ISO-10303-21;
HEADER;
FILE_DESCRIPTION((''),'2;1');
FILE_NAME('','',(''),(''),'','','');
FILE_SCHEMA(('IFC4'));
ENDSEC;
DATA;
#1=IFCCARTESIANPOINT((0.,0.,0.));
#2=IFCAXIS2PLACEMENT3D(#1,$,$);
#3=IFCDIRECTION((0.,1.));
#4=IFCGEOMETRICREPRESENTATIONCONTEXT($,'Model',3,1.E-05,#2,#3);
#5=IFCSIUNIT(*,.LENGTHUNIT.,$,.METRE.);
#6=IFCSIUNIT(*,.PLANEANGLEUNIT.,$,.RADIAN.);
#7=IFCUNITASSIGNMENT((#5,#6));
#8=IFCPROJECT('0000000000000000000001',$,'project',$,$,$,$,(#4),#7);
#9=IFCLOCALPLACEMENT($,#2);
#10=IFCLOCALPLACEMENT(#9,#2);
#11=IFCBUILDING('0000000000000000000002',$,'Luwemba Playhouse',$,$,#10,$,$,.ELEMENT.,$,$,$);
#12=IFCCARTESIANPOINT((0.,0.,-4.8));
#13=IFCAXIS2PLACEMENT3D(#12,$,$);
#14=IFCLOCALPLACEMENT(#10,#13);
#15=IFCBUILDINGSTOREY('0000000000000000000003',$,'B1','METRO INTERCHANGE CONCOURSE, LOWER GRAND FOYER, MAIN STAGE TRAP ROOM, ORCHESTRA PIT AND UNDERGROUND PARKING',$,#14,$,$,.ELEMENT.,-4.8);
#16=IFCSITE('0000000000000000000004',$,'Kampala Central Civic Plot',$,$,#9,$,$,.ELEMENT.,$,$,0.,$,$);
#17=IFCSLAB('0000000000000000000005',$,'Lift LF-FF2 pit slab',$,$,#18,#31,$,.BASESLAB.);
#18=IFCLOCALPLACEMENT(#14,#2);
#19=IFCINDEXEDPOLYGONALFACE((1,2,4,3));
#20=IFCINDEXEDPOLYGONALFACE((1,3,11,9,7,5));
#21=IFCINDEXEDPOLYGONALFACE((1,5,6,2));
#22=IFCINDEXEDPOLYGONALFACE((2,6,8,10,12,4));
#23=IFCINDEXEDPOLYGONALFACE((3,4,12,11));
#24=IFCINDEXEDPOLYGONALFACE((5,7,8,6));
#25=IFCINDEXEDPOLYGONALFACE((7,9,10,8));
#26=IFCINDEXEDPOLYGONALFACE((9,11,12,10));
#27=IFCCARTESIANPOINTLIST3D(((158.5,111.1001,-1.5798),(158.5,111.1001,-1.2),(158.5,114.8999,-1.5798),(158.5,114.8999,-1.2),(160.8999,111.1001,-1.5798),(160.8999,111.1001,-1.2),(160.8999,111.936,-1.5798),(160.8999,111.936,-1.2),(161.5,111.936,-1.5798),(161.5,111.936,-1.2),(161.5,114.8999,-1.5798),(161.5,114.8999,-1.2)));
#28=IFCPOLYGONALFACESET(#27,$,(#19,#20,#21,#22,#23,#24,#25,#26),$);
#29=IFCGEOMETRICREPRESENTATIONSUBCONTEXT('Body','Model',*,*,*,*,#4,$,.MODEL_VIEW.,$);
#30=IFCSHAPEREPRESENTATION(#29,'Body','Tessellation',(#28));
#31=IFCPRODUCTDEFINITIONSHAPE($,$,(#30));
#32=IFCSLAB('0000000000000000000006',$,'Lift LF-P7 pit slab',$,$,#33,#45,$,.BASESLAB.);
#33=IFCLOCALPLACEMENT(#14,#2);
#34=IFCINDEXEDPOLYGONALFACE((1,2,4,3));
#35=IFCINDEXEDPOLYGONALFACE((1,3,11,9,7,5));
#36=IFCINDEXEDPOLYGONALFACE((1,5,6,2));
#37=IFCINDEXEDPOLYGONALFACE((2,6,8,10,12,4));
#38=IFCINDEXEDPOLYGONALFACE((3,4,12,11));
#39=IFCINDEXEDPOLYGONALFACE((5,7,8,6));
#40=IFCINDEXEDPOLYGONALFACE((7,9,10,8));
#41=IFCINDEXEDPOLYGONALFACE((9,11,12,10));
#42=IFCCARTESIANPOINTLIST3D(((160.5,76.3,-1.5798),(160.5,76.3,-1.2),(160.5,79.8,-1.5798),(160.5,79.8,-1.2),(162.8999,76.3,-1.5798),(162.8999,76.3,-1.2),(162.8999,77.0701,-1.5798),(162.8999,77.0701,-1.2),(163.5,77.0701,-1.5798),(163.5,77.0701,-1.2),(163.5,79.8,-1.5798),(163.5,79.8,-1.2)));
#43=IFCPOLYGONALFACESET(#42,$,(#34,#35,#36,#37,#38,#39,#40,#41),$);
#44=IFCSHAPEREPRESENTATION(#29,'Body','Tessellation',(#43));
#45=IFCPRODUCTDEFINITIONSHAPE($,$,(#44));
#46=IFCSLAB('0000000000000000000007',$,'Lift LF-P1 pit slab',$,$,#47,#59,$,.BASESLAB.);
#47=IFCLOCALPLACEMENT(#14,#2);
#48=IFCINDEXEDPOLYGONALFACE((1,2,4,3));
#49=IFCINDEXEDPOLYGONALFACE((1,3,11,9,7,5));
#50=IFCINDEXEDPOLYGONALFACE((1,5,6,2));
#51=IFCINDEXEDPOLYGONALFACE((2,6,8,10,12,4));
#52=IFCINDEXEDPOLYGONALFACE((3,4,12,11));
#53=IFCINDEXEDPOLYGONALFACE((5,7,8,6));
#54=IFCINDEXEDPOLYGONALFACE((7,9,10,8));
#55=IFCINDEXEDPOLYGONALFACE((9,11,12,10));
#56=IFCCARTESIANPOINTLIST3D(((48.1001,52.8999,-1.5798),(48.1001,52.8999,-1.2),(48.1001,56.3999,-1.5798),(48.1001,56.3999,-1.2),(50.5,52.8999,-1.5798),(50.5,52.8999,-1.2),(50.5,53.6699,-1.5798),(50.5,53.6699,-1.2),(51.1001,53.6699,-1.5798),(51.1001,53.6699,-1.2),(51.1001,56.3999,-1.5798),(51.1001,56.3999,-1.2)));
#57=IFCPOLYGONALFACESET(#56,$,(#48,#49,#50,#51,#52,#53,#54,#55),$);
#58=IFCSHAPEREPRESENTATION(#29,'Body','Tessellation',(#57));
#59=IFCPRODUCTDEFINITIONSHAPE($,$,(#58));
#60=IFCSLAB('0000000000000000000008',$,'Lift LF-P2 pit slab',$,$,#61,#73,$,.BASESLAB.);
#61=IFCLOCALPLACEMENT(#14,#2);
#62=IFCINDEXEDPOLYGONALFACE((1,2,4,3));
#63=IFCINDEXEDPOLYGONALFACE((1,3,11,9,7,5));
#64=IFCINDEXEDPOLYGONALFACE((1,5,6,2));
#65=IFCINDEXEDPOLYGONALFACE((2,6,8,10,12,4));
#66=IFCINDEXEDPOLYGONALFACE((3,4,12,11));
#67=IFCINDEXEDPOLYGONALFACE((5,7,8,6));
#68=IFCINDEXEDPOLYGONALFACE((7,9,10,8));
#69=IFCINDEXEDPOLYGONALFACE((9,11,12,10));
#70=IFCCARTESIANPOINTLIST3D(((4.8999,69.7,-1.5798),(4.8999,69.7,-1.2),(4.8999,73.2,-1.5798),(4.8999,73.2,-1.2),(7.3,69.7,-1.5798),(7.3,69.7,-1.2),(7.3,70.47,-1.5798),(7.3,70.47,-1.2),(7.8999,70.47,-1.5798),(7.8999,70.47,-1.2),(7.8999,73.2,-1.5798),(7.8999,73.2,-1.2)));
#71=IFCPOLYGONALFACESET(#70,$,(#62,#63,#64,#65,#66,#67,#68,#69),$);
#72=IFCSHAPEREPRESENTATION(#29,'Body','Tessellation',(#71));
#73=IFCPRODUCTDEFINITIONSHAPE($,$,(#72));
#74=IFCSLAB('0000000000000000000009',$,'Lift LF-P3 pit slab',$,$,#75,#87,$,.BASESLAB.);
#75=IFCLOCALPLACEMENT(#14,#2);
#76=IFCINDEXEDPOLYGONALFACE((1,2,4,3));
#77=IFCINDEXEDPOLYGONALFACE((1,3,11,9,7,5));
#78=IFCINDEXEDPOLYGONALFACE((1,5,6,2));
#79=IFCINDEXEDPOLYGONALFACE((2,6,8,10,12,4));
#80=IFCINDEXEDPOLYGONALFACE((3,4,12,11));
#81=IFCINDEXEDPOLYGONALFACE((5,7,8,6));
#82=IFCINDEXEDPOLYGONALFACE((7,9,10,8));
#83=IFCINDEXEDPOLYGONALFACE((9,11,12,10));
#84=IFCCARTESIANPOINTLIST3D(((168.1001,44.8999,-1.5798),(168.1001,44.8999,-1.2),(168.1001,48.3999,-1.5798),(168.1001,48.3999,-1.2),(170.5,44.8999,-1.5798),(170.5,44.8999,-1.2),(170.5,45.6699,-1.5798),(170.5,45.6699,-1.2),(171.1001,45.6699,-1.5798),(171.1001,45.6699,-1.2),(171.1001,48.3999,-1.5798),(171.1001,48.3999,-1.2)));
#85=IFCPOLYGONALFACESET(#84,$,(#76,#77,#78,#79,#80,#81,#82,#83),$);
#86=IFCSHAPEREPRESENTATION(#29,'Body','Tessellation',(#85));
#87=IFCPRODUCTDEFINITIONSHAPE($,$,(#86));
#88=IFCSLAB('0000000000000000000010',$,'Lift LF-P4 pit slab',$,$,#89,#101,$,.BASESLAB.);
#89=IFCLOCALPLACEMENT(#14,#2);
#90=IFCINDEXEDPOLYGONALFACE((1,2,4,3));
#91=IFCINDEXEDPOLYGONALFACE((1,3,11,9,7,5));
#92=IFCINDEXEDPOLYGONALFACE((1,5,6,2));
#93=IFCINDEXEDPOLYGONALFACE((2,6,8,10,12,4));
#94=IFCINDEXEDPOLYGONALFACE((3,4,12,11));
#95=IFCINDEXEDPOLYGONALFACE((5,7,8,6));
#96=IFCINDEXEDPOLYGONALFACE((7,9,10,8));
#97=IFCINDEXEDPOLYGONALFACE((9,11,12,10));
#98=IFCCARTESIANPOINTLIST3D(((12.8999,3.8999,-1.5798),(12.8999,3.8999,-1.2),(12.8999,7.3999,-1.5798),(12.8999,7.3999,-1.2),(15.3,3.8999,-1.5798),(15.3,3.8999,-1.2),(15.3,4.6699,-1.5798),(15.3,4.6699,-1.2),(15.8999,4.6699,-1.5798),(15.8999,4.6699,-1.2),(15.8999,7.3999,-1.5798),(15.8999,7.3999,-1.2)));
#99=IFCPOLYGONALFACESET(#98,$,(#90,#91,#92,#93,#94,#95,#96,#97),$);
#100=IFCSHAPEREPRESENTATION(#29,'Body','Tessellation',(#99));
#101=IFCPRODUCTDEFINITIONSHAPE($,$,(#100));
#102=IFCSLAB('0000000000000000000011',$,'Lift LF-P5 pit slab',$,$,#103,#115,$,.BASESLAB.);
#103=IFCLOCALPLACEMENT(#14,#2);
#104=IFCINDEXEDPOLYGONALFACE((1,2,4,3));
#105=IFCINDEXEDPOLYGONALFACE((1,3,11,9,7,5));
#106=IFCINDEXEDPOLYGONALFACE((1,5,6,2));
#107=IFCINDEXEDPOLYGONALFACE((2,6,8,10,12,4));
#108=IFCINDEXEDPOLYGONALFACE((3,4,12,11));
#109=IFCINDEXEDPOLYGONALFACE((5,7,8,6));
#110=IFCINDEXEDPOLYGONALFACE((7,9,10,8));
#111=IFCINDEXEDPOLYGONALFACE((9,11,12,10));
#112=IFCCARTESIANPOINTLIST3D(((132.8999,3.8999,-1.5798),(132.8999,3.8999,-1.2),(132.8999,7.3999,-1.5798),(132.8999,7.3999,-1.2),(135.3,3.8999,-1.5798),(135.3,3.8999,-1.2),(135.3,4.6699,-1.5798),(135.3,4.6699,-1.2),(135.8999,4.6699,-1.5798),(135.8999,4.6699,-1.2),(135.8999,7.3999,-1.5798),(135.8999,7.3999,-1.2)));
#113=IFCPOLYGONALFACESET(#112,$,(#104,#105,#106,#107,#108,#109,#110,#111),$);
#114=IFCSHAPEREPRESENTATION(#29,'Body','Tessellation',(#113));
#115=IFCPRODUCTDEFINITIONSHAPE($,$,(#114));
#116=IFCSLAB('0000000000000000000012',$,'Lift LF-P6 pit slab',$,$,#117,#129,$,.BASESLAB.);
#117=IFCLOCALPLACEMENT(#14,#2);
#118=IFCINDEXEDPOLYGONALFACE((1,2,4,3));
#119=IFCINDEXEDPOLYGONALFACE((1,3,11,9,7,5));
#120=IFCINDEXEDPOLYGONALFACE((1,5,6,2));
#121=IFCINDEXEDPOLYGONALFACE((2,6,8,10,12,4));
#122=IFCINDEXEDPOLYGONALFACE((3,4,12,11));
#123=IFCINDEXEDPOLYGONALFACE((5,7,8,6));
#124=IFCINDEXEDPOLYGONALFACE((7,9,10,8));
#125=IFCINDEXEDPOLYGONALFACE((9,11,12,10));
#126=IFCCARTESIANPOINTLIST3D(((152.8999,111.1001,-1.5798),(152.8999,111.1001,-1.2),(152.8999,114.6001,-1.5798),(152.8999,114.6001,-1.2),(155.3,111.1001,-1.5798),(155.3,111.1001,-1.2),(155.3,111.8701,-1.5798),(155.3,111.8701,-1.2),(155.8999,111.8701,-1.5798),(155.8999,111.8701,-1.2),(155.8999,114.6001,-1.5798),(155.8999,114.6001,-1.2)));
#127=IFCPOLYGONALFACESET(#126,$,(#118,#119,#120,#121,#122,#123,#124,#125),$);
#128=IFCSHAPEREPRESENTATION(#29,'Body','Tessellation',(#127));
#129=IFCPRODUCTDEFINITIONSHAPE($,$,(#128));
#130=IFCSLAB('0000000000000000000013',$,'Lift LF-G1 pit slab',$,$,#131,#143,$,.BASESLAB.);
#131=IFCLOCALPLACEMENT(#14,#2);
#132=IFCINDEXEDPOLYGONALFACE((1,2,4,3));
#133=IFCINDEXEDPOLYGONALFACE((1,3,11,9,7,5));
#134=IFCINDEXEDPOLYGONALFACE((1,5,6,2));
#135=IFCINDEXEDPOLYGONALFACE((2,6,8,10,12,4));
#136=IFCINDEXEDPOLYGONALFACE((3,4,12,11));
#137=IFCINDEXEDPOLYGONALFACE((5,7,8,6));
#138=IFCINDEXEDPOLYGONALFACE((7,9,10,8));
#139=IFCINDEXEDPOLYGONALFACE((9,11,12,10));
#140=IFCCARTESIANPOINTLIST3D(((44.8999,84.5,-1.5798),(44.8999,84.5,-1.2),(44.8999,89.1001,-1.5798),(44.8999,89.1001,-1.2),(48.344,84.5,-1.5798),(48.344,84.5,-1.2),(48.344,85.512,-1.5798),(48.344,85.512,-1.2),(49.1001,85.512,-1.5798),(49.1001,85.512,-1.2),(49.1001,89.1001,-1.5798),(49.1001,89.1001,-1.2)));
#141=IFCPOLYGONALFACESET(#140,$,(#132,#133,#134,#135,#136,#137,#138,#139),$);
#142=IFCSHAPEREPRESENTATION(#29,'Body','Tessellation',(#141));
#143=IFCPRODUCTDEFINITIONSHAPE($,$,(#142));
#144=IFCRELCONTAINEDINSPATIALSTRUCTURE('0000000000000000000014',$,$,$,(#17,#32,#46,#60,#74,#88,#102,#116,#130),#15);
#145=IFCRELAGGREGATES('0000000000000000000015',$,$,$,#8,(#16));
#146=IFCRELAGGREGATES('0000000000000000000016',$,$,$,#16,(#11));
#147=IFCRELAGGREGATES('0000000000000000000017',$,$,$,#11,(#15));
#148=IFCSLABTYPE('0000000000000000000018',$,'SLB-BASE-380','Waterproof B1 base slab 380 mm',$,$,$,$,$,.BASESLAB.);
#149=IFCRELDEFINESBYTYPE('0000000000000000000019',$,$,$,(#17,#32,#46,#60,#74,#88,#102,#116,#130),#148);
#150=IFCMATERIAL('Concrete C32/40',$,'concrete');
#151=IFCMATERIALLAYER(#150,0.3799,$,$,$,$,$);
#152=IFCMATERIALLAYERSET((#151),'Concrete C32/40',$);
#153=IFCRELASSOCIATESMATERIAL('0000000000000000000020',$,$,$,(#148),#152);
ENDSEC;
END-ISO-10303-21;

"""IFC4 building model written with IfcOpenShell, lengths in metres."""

from ifc_helpers import new_model, si_unit, direction, frame, origin, place, context, subcontext, project, spatial, polyline, outline, extrude, material, layer, layer_set, type_object, element, save


model = new_model("IFC4")

# Units and contexts
model_context = context("Model", 3, precision=1e-05, world=origin(), true_north=direction((0.0, 1.0)))
body_context = subcontext(model_context, "Body", "Model", "MODEL_VIEW")
ifc_project = project(units=[si_unit("LENGTHUNIT", "METRE"), si_unit("PLANEANGLEUNIT", "RADIAN")], contexts=[model_context])

# Site, building, storey
site_placement = place(None, origin())
site = spatial("IfcSite", under=ifc_project, at=site_placement, Name="Kampala Central Civic Plot", CompositionType="ELEMENT", RefElevation=0.0)
building_placement = place(site_placement, origin())
building = spatial("IfcBuilding", under=site, at=building_placement, Name="Luwemba Playhouse", CompositionType="ELEMENT")
storey_placement = place(building_placement, frame((0.0, 0.0, -4.8)))
storey = spatial("IfcBuildingStorey", under=building, at=storey_placement, Name="B1", Description="METRO INTERCHANGE CONCOURSE, LOWER GRAND FOYER, MAIN STAGE TRAP ROOM, ORCHESTRA PIT AND UNDERGROUND PARKING", CompositionType="ELEMENT", Elevation=-4.8)

# Shared definitions
ifc_material = material(Name="Concrete C32/40", Category="concrete")

# Slabs
ifc_layer = layer(ifc_material, 0.3799)
ifc_layer_set = layer_set([ifc_layer], Name="Concrete C32/40")
slab_type = type_object("IfcSlabType", Name="SLB-BASE-380", Description="Waterproof B1 base slab 380 mm", PredefinedType="BASESLAB", material=ifc_layer_set)
slab_1_placement = place(storey_placement, frame((0.0, 0.0, -1.5798)))
element("IfcSlab", 1, at=slab_1_placement, inside=storey, type_object=slab_type, Name="Lift LF-FF2 pit slab", PredefinedType="BASESLAB", context=body_context, shape_type="SweptSolid", body=[
    extrude(outline(polyline([(158.5, 111.1001), (160.8999, 111.1001), (160.8999, 111.936), (161.5, 111.936), (161.5, 114.8999), (158.5, 114.8999), (158.5, 111.1001)])), origin(), (0.0, 0.0, 1.0), 0.3799),
])
slab_2_placement = place(storey_placement, frame((0.0, 0.0, -1.5798)))
element("IfcSlab", 2, at=slab_2_placement, inside=storey, type_object=slab_type, Name="Lift LF-P7 pit slab", PredefinedType="BASESLAB", context=body_context, shape_type="SweptSolid", body=[
    extrude(outline(polyline([(160.5, 76.3), (162.8999, 76.3), (162.8999, 77.0701), (163.5, 77.0701), (163.5, 79.8), (160.5, 79.8), (160.5, 76.3)])), origin(), (0.0, 0.0, 1.0), 0.3799),
])
slab_3_placement = place(storey_placement, frame((0.0, 0.0, -1.5798)))
element("IfcSlab", 3, at=slab_3_placement, inside=storey, type_object=slab_type, Name="Lift LF-P1 pit slab", PredefinedType="BASESLAB", context=body_context, shape_type="SweptSolid", body=[
    extrude(outline(polyline([(48.1001, 52.8999), (50.5, 52.8999), (50.5, 53.6699), (51.1001, 53.6699), (51.1001, 56.3999), (48.1001, 56.3999), (48.1001, 52.8999)])), origin(), (0.0, 0.0, 1.0), 0.3799),
])
slab_4_placement = place(storey_placement, frame((0.0, 0.0, -1.5798)))
element("IfcSlab", 4, at=slab_4_placement, inside=storey, type_object=slab_type, Name="Lift LF-P2 pit slab", PredefinedType="BASESLAB", context=body_context, shape_type="SweptSolid", body=[
    extrude(outline(polyline([(4.8999, 69.7), (7.3, 69.7), (7.3, 70.47), (7.8999, 70.47), (7.8999, 73.2), (4.8999, 73.2), (4.8999, 69.7)])), origin(), (0.0, 0.0, 1.0), 0.3799),
])
slab_5_placement = place(storey_placement, frame((0.0, 0.0, -1.5798)))
element("IfcSlab", 5, at=slab_5_placement, inside=storey, type_object=slab_type, Name="Lift LF-P3 pit slab", PredefinedType="BASESLAB", context=body_context, shape_type="SweptSolid", body=[
    extrude(outline(polyline([(168.1001, 44.8999), (170.5, 44.8999), (170.5, 45.6699), (171.1001, 45.6699), (171.1001, 48.3999), (168.1001, 48.3999), (168.1001, 44.8999)])), origin(), (0.0, 0.0, 1.0), 0.3799),
])
slab_6_placement = place(storey_placement, frame((0.0, 0.0, -1.5798)))
element("IfcSlab", 6, at=slab_6_placement, inside=storey, type_object=slab_type, Name="Lift LF-P4 pit slab", PredefinedType="BASESLAB", context=body_context, shape_type="SweptSolid", body=[
    extrude(outline(polyline([(12.8999, 3.8999), (15.3, 3.8999), (15.3, 4.6699), (15.8999, 4.6699), (15.8999, 7.3999), (12.8999, 7.3999), (12.8999, 3.8999)])), origin(), (0.0, 0.0, 1.0), 0.3799),
])
slab_7_placement = place(storey_placement, frame((0.0, 0.0, -1.5798)))
element("IfcSlab", 7, at=slab_7_placement, inside=storey, type_object=slab_type, Name="Lift LF-P5 pit slab", PredefinedType="BASESLAB", context=body_context, shape_type="SweptSolid", body=[
    extrude(outline(polyline([(132.8999, 3.8999), (135.3, 3.8999), (135.3, 4.6699), (135.8999, 4.6699), (135.8999, 7.3999), (132.8999, 7.3999), (132.8999, 3.8999)])), origin(), (0.0, 0.0, 1.0), 0.3799),
])
slab_8_placement = place(storey_placement, frame((0.0, 0.0, -1.5798)))
element("IfcSlab", 8, at=slab_8_placement, inside=storey, type_object=slab_type, Name="Lift LF-P6 pit slab", PredefinedType="BASESLAB", context=body_context, shape_type="SweptSolid", body=[
    extrude(outline(polyline([(152.8999, 111.1001), (155.3, 111.1001), (155.3, 111.8701), (155.8999, 111.8701), (155.8999, 114.6001), (152.8999, 114.6001), (152.8999, 111.1001)])), origin(), (0.0, 0.0, 1.0), 0.3799),
])
slab_9_placement = place(storey_placement, frame((0.0, 0.0, -1.5798)))
element("IfcSlab", 9, at=slab_9_placement, inside=storey, type_object=slab_type, Name="Lift LF-G1 pit slab", PredefinedType="BASESLAB", context=body_context, shape_type="SweptSolid", body=[
    extrude(outline(polyline([(44.8999, 84.5), (48.344, 84.5), (48.344, 85.512), (49.1001, 85.512), (49.1001, 89.1001), (44.8999, 89.1001), (44.8999, 84.5)])), origin(), (0.0, 0.0, 1.0), 0.3799),
])

save(model, "model.ifc")
